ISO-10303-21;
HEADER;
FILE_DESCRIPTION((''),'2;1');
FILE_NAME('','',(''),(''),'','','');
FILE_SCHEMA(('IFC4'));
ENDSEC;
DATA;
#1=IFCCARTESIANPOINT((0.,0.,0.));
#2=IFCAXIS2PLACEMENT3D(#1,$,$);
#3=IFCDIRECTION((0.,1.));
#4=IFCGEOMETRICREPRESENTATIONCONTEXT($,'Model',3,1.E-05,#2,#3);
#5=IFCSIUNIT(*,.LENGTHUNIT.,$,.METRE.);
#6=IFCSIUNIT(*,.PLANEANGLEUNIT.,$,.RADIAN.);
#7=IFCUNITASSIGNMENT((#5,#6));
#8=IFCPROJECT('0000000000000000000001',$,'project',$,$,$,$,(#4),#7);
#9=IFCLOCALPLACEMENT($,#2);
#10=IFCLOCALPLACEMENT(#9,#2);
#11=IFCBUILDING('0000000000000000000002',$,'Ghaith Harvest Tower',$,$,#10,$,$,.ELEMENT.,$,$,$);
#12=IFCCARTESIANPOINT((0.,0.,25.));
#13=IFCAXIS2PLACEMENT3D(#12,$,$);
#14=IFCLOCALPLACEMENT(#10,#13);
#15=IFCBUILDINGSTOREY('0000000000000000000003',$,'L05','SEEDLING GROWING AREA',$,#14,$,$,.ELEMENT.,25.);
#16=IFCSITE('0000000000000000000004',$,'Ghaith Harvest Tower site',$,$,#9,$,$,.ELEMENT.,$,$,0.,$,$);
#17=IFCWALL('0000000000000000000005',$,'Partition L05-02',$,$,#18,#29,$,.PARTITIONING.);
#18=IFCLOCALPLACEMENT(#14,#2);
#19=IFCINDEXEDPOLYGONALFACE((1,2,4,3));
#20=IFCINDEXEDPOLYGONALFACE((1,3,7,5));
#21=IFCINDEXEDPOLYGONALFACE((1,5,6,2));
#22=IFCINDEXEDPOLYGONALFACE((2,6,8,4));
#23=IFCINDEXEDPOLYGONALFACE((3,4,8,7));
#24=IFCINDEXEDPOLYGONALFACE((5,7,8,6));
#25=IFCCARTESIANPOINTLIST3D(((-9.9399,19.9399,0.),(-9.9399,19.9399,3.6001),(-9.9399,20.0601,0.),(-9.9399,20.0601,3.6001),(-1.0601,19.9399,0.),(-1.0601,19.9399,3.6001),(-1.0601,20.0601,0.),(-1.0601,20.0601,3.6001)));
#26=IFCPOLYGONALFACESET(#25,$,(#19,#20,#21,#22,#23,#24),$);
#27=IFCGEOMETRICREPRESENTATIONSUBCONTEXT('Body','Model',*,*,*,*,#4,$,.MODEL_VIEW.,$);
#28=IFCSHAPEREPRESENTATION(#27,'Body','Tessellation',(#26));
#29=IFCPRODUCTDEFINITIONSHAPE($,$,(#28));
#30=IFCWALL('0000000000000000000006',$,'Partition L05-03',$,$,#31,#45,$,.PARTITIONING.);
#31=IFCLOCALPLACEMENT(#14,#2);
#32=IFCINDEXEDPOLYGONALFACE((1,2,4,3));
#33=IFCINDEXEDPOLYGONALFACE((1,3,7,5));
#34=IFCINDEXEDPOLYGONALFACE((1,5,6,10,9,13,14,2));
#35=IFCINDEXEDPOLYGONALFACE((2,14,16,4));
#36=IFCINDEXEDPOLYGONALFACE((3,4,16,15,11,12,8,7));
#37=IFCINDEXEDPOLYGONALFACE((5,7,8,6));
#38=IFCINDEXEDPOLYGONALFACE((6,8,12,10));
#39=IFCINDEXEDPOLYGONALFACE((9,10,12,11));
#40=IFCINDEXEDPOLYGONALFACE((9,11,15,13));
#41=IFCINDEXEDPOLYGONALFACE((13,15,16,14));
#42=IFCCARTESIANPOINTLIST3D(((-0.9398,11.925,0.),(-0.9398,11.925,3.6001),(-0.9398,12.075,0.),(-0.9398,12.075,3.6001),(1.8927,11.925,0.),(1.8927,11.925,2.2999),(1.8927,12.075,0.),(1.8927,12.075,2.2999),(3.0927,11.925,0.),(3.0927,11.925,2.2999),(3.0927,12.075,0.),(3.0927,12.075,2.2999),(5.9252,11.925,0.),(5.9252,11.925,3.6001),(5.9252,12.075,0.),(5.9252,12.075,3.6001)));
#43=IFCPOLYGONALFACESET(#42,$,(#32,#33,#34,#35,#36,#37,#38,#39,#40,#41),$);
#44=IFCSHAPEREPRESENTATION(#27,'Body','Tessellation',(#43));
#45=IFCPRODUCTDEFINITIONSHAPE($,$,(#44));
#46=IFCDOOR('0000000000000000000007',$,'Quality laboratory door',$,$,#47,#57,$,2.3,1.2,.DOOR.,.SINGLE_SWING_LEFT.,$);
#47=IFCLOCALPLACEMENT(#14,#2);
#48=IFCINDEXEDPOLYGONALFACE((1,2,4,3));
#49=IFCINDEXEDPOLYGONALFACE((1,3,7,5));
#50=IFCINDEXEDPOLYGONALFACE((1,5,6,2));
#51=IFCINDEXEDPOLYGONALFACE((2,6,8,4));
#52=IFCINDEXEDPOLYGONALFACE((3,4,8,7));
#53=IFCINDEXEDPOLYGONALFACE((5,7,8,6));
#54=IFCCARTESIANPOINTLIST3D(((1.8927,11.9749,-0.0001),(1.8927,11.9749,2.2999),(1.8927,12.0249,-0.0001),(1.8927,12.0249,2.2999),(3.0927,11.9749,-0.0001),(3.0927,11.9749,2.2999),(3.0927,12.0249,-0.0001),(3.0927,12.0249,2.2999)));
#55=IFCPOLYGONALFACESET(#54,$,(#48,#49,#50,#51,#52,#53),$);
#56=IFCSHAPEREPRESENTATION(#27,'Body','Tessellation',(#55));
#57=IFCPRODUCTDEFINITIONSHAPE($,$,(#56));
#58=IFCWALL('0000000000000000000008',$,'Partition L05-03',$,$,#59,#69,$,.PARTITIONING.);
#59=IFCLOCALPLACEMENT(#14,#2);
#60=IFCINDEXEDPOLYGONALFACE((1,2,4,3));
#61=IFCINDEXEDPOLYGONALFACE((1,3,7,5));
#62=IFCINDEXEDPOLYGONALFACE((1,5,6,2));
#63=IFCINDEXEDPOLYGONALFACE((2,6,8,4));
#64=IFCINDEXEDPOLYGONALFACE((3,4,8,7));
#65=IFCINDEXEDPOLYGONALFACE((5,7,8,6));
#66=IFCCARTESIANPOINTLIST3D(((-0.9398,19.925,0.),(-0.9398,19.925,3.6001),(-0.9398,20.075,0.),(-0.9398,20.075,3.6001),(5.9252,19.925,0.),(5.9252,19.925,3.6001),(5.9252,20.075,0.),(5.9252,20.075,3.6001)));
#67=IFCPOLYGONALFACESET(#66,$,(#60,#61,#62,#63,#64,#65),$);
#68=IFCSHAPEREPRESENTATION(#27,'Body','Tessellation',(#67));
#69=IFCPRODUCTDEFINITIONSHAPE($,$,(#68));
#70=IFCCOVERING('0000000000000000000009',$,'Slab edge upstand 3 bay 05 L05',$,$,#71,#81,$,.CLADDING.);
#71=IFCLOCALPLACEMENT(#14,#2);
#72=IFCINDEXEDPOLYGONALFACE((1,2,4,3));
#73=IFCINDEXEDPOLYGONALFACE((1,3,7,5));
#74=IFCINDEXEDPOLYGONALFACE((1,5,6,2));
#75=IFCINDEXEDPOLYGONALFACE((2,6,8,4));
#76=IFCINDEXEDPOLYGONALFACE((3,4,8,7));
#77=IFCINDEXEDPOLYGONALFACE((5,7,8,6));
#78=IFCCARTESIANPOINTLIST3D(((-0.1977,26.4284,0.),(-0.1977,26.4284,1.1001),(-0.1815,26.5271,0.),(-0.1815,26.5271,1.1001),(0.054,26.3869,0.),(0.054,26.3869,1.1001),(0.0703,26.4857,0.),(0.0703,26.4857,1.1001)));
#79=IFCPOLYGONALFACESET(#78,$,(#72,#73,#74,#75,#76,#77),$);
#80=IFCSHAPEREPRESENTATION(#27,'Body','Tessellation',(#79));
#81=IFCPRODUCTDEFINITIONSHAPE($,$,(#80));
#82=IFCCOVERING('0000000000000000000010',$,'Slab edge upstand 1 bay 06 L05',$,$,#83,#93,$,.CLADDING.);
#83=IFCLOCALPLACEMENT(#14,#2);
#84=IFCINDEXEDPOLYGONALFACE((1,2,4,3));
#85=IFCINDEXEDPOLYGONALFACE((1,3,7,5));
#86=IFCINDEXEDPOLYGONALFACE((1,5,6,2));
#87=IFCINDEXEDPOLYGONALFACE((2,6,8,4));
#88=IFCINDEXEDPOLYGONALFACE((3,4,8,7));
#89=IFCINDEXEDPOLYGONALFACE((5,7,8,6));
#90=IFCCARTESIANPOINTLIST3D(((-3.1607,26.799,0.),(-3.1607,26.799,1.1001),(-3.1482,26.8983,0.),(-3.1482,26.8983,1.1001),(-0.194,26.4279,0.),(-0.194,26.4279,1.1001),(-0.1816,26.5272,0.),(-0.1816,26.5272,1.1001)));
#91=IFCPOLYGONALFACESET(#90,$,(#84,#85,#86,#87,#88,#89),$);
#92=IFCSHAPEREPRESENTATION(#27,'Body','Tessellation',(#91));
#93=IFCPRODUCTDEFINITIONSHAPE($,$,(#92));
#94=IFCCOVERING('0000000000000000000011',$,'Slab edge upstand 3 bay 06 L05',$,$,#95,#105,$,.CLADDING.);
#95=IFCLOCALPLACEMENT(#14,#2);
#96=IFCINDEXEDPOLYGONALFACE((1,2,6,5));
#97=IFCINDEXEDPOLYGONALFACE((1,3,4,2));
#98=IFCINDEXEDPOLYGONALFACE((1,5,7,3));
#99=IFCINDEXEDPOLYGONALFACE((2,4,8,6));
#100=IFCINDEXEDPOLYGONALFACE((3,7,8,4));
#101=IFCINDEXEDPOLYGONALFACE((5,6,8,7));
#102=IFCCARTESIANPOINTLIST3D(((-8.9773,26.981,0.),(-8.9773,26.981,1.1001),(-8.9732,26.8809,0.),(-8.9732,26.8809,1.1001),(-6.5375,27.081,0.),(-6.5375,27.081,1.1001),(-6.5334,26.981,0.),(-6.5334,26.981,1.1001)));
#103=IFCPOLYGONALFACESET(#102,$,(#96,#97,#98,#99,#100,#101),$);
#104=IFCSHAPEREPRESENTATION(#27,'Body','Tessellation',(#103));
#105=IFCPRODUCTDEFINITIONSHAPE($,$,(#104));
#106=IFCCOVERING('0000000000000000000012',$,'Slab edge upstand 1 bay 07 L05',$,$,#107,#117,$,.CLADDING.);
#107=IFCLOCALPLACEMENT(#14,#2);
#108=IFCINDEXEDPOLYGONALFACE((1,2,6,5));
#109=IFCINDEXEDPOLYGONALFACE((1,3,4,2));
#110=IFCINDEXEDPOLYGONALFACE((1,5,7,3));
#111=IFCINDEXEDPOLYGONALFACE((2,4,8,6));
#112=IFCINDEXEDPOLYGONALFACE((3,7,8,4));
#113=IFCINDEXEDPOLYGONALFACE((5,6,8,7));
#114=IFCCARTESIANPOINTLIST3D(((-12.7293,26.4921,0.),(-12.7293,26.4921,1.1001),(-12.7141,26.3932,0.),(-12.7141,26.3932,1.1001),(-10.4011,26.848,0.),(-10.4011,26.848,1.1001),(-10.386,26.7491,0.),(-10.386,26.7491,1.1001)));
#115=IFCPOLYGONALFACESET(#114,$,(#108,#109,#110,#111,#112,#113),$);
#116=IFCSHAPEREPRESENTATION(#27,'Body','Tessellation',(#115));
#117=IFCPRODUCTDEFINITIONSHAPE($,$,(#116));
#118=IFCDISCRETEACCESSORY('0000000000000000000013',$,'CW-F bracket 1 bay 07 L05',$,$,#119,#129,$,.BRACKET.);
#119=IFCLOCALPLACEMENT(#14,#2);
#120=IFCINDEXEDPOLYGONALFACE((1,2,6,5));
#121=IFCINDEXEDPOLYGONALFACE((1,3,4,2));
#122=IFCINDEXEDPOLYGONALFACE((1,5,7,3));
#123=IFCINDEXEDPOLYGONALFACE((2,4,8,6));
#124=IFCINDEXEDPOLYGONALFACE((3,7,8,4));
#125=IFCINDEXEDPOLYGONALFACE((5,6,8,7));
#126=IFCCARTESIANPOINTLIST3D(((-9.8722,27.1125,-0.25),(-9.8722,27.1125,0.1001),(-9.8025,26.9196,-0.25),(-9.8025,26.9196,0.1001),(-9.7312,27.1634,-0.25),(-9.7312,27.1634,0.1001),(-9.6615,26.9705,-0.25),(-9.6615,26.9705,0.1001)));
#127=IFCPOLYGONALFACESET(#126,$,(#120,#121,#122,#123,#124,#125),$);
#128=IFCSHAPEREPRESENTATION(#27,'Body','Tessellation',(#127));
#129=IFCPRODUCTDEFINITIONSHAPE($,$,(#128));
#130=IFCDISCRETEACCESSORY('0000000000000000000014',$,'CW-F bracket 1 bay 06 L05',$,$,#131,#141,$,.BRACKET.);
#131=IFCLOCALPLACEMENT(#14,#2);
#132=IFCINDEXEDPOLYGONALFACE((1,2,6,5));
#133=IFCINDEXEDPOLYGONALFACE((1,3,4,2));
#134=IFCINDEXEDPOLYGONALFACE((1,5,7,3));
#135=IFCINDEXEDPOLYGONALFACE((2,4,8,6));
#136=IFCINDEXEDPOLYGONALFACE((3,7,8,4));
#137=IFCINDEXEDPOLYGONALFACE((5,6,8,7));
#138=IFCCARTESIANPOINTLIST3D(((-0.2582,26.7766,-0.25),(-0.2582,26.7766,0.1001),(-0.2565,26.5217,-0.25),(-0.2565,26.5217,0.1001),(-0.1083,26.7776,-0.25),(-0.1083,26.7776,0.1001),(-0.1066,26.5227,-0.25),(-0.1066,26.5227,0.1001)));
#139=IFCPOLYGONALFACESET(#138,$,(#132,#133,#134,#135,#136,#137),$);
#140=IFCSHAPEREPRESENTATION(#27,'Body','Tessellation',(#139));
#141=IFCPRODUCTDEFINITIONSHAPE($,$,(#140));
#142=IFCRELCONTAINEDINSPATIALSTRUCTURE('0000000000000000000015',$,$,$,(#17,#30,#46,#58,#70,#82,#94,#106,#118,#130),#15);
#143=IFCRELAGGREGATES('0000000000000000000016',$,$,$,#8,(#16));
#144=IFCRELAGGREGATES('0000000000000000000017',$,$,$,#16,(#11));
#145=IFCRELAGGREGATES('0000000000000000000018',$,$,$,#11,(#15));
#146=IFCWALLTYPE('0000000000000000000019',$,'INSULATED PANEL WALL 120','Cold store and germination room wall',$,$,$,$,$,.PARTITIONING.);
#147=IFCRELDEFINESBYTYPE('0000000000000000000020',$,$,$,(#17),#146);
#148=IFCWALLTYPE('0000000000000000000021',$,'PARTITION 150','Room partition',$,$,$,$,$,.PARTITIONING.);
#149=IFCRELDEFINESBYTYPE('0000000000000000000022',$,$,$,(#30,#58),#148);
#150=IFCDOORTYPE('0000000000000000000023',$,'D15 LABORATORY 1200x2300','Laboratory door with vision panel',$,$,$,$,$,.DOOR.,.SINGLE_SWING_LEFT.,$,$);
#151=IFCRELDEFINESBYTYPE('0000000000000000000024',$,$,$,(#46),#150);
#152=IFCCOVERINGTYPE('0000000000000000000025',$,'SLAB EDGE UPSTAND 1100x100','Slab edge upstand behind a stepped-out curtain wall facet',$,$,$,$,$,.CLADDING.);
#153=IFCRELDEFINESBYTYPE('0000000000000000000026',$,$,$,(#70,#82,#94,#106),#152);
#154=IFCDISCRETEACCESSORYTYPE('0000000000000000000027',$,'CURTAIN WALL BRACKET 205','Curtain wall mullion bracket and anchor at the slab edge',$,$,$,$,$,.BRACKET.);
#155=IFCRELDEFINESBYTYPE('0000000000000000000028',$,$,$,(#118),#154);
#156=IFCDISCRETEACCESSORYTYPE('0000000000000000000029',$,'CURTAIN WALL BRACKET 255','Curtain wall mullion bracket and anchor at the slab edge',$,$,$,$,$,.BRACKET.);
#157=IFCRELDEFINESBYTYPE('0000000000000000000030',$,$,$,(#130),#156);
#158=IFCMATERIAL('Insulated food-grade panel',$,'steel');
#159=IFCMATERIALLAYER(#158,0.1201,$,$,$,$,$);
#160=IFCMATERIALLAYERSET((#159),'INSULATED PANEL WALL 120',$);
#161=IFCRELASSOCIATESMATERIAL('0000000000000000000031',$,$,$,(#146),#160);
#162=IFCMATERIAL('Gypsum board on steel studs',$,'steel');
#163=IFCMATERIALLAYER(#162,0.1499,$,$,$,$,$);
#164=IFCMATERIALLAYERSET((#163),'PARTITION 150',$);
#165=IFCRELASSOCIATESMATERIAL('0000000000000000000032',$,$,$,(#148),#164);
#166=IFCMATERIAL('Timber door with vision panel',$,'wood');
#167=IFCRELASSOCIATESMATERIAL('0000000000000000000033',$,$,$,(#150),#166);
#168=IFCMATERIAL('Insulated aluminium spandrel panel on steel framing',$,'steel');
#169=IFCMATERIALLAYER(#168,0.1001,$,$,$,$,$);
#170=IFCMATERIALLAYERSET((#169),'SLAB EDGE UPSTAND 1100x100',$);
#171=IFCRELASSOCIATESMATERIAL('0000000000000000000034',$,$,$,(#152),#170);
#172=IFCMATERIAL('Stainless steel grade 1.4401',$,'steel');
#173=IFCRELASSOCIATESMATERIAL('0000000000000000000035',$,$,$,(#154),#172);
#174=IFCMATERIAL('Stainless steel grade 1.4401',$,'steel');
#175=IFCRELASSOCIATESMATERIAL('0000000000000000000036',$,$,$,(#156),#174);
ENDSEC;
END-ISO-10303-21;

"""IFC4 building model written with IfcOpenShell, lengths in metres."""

from ifc_helpers import new_model, si_unit, direction, frame, frame_2d, origin, origin_2d, place, context, subcontext, project, spatial, rectangle, extrude, material, layer, layer_set, type_object, element, fill, save


model = new_model("IFC4")

# Units and contexts
model_context = context("Model", 3, precision=1e-05, world=origin(), true_north=direction((0.0, 1.0)))
body_context = subcontext(model_context, "Body", "Model", "MODEL_VIEW")
ifc_project = project(units=[si_unit("LENGTHUNIT", "METRE"), si_unit("PLANEANGLEUNIT", "RADIAN")], contexts=[model_context])

# Site, building, storey
site_placement = place(None, origin())
site = spatial("IfcSite", under=ifc_project, at=site_placement, Name="Ghaith Harvest Tower site", CompositionType="ELEMENT", RefElevation=0.0)
building_placement = place(site_placement, origin())
building = spatial("IfcBuilding", under=site, at=building_placement, Name="Ghaith Harvest Tower", CompositionType="ELEMENT")
storey_placement = place(building_placement, frame((0.0, 0.0, 25.0)))
storey = spatial("IfcBuildingStorey", under=building, at=storey_placement, Name="L05", Description="SEEDLING GROWING AREA", CompositionType="ELEMENT", Elevation=25.0)

# Shared definitions
ifc_material_1 = material(Name="Insulated food-grade panel", Category="steel")
ifc_layer_1 = layer(ifc_material_1, 0.1201)
ifc_layer_set_1 = layer_set([ifc_layer_1], Name="INSULATED PANEL WALL 120")
wall_type_1 = type_object("IfcWallType", Name="INSULATED PANEL WALL 120", Description="Cold store and germination room wall", PredefinedType="PARTITIONING", material=ifc_layer_set_1)

# Wall
wall_1_placement = place(storey_placement, frame((-9.9399, 20.0, 0.0), z_axis=(0.0, 0.0, 1.0), x_axis=(1.0, 0.0, 0.0)))
element("IfcWall", 1, at=wall_1_placement, inside=storey, type_object=wall_type_1, Name="Partition L05-02", PredefinedType="PARTITIONING", context=body_context, shape_type="SweptSolid", body=[
    extrude(rectangle(XDim=8.8799, YDim=0.1201, at=frame_2d((4.4399, 0.0))), origin(), (0.0, 0.0, 1.0), 3.6001),
])

# Wall, opening, door
ifc_material_2 = material(Name="Gypsum board on steel studs", Category="steel")
ifc_layer_2 = layer(ifc_material_2, 0.1499)
ifc_layer_set_2 = layer_set([ifc_layer_2], Name="PARTITION 150")
wall_type_2 = type_object("IfcWallType", Name="PARTITION 150", Description="Room partition", PredefinedType="PARTITIONING", material=ifc_layer_set_2)
wall_2_placement = place(storey_placement, frame((-0.9399, 12.0, 0.0), z_axis=(0.0, 0.0, 1.0), x_axis=(1.0, 0.0, 0.0)))
wall_2 = element("IfcWall", 2, at=wall_2_placement, inside=storey, type_object=wall_type_2, Name="Partition L05-03", PredefinedType="PARTITIONING", context=body_context, shape_type="SweptSolid", body=[
    extrude(rectangle(XDim=6.865, YDim=0.1499, at=frame_2d((3.4326, 0.0))), origin(), (0.0, 0.0, 1.0), 3.6001),
])
opening_1_placement = place(wall_2_placement, frame((2.8325, 0.0, 0.0)))
opening_1 = element("IfcOpeningElement", 3, at=opening_1_placement, cuts=wall_2, PredefinedType="OPENING", context=body_context, shape_type="SweptSolid", body=[
    extrude(rectangle(XDim=1.2, YDim=2.3, at=frame_2d((0.6001, 1.1499))), frame((0.0, 0.085, 0.0), z_axis=(0.0, -1.0, 0.0), x_axis=(1.0, 0.0, 0.0)), (0.0, 0.0, 1.0), 0.1699),
])
ifc_material_3 = material(Name="Timber door with vision panel", Category="wood")
door_type_1 = type_object("IfcDoorType", Name="D15 LABORATORY 1200x2300", Description="Laboratory door with vision panel", OperationType="SINGLE_SWING_LEFT", PredefinedType="DOOR", material=ifc_material_3)
door_1_placement = place(opening_1_placement, origin())
door_1 = element("IfcDoor", 4, at=door_1_placement, inside=storey, type_object=door_type_1, Name="Quality laboratory door", OperationType="SINGLE_SWING_LEFT", OverallHeight=2.3, OverallWidth=1.2, PredefinedType="DOOR", context=body_context, shape_type="SweptSolid", body=[
    extrude(rectangle(XDim=1.2, YDim=2.3, at=frame_2d((0.6001, 1.1499))), frame((0.0, 0.0249, 0.0), z_axis=(0.0, -1.0, 0.0), x_axis=(1.0, 0.0, 0.0)), (0.0, 0.0, 1.0), 0.05),
])
fill(opening_1, door_1)

# Wall
wall_3_placement = place(storey_placement, frame((-0.9399, 20.0, 0.0), z_axis=(0.0, 0.0, 1.0), x_axis=(1.0, 0.0, 0.0)))
element("IfcWall", 5, at=wall_3_placement, inside=storey, type_object=wall_type_2, Name="Partition L05-03", PredefinedType="PARTITIONING", context=body_context, shape_type="SweptSolid", body=[
    extrude(rectangle(XDim=6.865, YDim=0.1499, at=frame_2d((3.4326, 0.0))), origin(), (0.0, 0.0, 1.0), 3.6001),
])

# Coverings
ifc_material_4 = material(Name="Insulated aluminium spandrel panel on steel framing", Category="steel")
ifc_layer_3 = layer(ifc_material_4, 0.1001)
ifc_layer_set_3 = layer_set([ifc_layer_3], Name="SLAB EDGE UPSTAND 1100x100")
covering_type = type_object("IfcCoveringType", Name="SLAB EDGE UPSTAND 1100x100", Description="Slab edge upstand behind a stepped-out curtain wall facet", PredefinedType="CLADDING", material=ifc_layer_set_3)
covering_1_placement = place(storey_placement, frame((-0.0637, 26.457, 0.0), z_axis=(0.0, 0.0, 1.0), x_axis=(-0.986716, 0.162453, 0.0)))
element("IfcCovering", 6, at=covering_1_placement, inside=storey, type_object=covering_type, Name="Slab edge upstand 3 bay 05 L05", PredefinedType="CLADDING", context=body_context, shape_type="SweptSolid", body=[
    extrude(rectangle(XDim=0.2551, YDim=0.1001, at=origin_2d()), origin(), (0.0, 0.0, 1.0), 1.1001),
])
covering_2_placement = place(storey_placement, frame((-1.6711, 26.6631, 0.0), z_axis=(0.0, 0.0, 1.0), x_axis=(-0.992265, 0.124139, 0.0)))
element("IfcCovering", 7, at=covering_2_placement, inside=storey, type_object=covering_type, Name="Slab edge upstand 1 bay 06 L05", PredefinedType="CLADDING", context=body_context, shape_type="SweptSolid", body=[
    extrude(rectangle(XDim=2.9897, YDim=0.1001, at=origin_2d()), origin(), (0.0, 0.0, 1.0), 1.1001),
])
covering_3_placement = place(storey_placement, frame((-7.7554, 26.981, 0.0), z_axis=(0.0, 0.0, 1.0), x_axis=(-0.999161, -0.040957, 0.0)))
element("IfcCovering", 8, at=covering_3_placement, inside=storey, type_object=covering_type, Name="Slab edge upstand 3 bay 06 L05", PredefinedType="CLADDING", context=body_context, shape_type="SweptSolid", body=[
    extrude(rectangle(XDim=2.4419, YDim=0.1001, at=origin_2d()), origin(), (0.0, 0.0, 1.0), 1.1001),
])
covering_4_placement = place(storey_placement, frame((-11.5576, 26.6206, 0.0), z_axis=(0.0, 0.0, 1.0), x_axis=(-0.988518, -0.151104, 0.0)))
element("IfcCovering", 9, at=covering_4_placement, inside=storey, type_object=covering_type, Name="Slab edge upstand 1 bay 07 L05", PredefinedType="CLADDING", context=body_context, shape_type="SweptSolid", body=[
    extrude(rectangle(XDim=2.3552, YDim=0.1001, at=origin_2d()), origin(), (0.0, 0.0, 1.0), 1.1001),
])

# Discrete accessories
ifc_material_5 = material(Name="Stainless steel grade 1.4401", Category="steel")
discrete_accessory_type_1 = type_object("IfcDiscreteAccessoryType", Name="CURTAIN WALL BRACKET 205", Description="Curtain wall mullion bracket and anchor at the slab edge", PredefinedType="BRACKET", material=ifc_material_5)
discrete_accessory_1_placement = place(storey_placement, frame((-9.7668, 27.0415, -0.25), z_axis=(0.0, 0.0, 1.0), x_axis=(-0.339699, 0.940534, 0.0)))
element("IfcDiscreteAccessory", 10, at=discrete_accessory_1_placement, inside=storey, type_object=discrete_accessory_type_1, Name="CW-F bracket 1 bay 07 L05", PredefinedType="BRACKET", context=body_context, shape_type="SweptSolid", body=[
    extrude(rectangle(XDim=0.2051, YDim=0.1499, at=origin_2d()), origin(), (0.0, 0.0, 1.0), 0.3501),
])
ifc_material_6 = material(Name="Stainless steel grade 1.4401", Category="steel")
discrete_accessory_type_2 = type_object("IfcDiscreteAccessoryType", Name="CURTAIN WALL BRACKET 255", Description="Curtain wall mullion bracket and anchor at the slab edge", PredefinedType="BRACKET", material=ifc_material_6)
discrete_accessory_2_placement = place(storey_placement, frame((-0.1824, 26.6497, -0.25), z_axis=(0.0, 0.0, 1.0), x_axis=(-0.006844, 0.999977, 0.0)))
element("IfcDiscreteAccessory", 11, at=discrete_accessory_2_placement, inside=storey, type_object=discrete_accessory_type_2, Name="CW-F bracket 1 bay 06 L05", PredefinedType="BRACKET", context=body_context, shape_type="SweptSolid", body=[
    extrude(rectangle(XDim=0.2549, YDim=0.1499, at=origin_2d()), origin(), (0.0, 0.0, 1.0), 0.3501),
])

save(model, "model.ifc")
